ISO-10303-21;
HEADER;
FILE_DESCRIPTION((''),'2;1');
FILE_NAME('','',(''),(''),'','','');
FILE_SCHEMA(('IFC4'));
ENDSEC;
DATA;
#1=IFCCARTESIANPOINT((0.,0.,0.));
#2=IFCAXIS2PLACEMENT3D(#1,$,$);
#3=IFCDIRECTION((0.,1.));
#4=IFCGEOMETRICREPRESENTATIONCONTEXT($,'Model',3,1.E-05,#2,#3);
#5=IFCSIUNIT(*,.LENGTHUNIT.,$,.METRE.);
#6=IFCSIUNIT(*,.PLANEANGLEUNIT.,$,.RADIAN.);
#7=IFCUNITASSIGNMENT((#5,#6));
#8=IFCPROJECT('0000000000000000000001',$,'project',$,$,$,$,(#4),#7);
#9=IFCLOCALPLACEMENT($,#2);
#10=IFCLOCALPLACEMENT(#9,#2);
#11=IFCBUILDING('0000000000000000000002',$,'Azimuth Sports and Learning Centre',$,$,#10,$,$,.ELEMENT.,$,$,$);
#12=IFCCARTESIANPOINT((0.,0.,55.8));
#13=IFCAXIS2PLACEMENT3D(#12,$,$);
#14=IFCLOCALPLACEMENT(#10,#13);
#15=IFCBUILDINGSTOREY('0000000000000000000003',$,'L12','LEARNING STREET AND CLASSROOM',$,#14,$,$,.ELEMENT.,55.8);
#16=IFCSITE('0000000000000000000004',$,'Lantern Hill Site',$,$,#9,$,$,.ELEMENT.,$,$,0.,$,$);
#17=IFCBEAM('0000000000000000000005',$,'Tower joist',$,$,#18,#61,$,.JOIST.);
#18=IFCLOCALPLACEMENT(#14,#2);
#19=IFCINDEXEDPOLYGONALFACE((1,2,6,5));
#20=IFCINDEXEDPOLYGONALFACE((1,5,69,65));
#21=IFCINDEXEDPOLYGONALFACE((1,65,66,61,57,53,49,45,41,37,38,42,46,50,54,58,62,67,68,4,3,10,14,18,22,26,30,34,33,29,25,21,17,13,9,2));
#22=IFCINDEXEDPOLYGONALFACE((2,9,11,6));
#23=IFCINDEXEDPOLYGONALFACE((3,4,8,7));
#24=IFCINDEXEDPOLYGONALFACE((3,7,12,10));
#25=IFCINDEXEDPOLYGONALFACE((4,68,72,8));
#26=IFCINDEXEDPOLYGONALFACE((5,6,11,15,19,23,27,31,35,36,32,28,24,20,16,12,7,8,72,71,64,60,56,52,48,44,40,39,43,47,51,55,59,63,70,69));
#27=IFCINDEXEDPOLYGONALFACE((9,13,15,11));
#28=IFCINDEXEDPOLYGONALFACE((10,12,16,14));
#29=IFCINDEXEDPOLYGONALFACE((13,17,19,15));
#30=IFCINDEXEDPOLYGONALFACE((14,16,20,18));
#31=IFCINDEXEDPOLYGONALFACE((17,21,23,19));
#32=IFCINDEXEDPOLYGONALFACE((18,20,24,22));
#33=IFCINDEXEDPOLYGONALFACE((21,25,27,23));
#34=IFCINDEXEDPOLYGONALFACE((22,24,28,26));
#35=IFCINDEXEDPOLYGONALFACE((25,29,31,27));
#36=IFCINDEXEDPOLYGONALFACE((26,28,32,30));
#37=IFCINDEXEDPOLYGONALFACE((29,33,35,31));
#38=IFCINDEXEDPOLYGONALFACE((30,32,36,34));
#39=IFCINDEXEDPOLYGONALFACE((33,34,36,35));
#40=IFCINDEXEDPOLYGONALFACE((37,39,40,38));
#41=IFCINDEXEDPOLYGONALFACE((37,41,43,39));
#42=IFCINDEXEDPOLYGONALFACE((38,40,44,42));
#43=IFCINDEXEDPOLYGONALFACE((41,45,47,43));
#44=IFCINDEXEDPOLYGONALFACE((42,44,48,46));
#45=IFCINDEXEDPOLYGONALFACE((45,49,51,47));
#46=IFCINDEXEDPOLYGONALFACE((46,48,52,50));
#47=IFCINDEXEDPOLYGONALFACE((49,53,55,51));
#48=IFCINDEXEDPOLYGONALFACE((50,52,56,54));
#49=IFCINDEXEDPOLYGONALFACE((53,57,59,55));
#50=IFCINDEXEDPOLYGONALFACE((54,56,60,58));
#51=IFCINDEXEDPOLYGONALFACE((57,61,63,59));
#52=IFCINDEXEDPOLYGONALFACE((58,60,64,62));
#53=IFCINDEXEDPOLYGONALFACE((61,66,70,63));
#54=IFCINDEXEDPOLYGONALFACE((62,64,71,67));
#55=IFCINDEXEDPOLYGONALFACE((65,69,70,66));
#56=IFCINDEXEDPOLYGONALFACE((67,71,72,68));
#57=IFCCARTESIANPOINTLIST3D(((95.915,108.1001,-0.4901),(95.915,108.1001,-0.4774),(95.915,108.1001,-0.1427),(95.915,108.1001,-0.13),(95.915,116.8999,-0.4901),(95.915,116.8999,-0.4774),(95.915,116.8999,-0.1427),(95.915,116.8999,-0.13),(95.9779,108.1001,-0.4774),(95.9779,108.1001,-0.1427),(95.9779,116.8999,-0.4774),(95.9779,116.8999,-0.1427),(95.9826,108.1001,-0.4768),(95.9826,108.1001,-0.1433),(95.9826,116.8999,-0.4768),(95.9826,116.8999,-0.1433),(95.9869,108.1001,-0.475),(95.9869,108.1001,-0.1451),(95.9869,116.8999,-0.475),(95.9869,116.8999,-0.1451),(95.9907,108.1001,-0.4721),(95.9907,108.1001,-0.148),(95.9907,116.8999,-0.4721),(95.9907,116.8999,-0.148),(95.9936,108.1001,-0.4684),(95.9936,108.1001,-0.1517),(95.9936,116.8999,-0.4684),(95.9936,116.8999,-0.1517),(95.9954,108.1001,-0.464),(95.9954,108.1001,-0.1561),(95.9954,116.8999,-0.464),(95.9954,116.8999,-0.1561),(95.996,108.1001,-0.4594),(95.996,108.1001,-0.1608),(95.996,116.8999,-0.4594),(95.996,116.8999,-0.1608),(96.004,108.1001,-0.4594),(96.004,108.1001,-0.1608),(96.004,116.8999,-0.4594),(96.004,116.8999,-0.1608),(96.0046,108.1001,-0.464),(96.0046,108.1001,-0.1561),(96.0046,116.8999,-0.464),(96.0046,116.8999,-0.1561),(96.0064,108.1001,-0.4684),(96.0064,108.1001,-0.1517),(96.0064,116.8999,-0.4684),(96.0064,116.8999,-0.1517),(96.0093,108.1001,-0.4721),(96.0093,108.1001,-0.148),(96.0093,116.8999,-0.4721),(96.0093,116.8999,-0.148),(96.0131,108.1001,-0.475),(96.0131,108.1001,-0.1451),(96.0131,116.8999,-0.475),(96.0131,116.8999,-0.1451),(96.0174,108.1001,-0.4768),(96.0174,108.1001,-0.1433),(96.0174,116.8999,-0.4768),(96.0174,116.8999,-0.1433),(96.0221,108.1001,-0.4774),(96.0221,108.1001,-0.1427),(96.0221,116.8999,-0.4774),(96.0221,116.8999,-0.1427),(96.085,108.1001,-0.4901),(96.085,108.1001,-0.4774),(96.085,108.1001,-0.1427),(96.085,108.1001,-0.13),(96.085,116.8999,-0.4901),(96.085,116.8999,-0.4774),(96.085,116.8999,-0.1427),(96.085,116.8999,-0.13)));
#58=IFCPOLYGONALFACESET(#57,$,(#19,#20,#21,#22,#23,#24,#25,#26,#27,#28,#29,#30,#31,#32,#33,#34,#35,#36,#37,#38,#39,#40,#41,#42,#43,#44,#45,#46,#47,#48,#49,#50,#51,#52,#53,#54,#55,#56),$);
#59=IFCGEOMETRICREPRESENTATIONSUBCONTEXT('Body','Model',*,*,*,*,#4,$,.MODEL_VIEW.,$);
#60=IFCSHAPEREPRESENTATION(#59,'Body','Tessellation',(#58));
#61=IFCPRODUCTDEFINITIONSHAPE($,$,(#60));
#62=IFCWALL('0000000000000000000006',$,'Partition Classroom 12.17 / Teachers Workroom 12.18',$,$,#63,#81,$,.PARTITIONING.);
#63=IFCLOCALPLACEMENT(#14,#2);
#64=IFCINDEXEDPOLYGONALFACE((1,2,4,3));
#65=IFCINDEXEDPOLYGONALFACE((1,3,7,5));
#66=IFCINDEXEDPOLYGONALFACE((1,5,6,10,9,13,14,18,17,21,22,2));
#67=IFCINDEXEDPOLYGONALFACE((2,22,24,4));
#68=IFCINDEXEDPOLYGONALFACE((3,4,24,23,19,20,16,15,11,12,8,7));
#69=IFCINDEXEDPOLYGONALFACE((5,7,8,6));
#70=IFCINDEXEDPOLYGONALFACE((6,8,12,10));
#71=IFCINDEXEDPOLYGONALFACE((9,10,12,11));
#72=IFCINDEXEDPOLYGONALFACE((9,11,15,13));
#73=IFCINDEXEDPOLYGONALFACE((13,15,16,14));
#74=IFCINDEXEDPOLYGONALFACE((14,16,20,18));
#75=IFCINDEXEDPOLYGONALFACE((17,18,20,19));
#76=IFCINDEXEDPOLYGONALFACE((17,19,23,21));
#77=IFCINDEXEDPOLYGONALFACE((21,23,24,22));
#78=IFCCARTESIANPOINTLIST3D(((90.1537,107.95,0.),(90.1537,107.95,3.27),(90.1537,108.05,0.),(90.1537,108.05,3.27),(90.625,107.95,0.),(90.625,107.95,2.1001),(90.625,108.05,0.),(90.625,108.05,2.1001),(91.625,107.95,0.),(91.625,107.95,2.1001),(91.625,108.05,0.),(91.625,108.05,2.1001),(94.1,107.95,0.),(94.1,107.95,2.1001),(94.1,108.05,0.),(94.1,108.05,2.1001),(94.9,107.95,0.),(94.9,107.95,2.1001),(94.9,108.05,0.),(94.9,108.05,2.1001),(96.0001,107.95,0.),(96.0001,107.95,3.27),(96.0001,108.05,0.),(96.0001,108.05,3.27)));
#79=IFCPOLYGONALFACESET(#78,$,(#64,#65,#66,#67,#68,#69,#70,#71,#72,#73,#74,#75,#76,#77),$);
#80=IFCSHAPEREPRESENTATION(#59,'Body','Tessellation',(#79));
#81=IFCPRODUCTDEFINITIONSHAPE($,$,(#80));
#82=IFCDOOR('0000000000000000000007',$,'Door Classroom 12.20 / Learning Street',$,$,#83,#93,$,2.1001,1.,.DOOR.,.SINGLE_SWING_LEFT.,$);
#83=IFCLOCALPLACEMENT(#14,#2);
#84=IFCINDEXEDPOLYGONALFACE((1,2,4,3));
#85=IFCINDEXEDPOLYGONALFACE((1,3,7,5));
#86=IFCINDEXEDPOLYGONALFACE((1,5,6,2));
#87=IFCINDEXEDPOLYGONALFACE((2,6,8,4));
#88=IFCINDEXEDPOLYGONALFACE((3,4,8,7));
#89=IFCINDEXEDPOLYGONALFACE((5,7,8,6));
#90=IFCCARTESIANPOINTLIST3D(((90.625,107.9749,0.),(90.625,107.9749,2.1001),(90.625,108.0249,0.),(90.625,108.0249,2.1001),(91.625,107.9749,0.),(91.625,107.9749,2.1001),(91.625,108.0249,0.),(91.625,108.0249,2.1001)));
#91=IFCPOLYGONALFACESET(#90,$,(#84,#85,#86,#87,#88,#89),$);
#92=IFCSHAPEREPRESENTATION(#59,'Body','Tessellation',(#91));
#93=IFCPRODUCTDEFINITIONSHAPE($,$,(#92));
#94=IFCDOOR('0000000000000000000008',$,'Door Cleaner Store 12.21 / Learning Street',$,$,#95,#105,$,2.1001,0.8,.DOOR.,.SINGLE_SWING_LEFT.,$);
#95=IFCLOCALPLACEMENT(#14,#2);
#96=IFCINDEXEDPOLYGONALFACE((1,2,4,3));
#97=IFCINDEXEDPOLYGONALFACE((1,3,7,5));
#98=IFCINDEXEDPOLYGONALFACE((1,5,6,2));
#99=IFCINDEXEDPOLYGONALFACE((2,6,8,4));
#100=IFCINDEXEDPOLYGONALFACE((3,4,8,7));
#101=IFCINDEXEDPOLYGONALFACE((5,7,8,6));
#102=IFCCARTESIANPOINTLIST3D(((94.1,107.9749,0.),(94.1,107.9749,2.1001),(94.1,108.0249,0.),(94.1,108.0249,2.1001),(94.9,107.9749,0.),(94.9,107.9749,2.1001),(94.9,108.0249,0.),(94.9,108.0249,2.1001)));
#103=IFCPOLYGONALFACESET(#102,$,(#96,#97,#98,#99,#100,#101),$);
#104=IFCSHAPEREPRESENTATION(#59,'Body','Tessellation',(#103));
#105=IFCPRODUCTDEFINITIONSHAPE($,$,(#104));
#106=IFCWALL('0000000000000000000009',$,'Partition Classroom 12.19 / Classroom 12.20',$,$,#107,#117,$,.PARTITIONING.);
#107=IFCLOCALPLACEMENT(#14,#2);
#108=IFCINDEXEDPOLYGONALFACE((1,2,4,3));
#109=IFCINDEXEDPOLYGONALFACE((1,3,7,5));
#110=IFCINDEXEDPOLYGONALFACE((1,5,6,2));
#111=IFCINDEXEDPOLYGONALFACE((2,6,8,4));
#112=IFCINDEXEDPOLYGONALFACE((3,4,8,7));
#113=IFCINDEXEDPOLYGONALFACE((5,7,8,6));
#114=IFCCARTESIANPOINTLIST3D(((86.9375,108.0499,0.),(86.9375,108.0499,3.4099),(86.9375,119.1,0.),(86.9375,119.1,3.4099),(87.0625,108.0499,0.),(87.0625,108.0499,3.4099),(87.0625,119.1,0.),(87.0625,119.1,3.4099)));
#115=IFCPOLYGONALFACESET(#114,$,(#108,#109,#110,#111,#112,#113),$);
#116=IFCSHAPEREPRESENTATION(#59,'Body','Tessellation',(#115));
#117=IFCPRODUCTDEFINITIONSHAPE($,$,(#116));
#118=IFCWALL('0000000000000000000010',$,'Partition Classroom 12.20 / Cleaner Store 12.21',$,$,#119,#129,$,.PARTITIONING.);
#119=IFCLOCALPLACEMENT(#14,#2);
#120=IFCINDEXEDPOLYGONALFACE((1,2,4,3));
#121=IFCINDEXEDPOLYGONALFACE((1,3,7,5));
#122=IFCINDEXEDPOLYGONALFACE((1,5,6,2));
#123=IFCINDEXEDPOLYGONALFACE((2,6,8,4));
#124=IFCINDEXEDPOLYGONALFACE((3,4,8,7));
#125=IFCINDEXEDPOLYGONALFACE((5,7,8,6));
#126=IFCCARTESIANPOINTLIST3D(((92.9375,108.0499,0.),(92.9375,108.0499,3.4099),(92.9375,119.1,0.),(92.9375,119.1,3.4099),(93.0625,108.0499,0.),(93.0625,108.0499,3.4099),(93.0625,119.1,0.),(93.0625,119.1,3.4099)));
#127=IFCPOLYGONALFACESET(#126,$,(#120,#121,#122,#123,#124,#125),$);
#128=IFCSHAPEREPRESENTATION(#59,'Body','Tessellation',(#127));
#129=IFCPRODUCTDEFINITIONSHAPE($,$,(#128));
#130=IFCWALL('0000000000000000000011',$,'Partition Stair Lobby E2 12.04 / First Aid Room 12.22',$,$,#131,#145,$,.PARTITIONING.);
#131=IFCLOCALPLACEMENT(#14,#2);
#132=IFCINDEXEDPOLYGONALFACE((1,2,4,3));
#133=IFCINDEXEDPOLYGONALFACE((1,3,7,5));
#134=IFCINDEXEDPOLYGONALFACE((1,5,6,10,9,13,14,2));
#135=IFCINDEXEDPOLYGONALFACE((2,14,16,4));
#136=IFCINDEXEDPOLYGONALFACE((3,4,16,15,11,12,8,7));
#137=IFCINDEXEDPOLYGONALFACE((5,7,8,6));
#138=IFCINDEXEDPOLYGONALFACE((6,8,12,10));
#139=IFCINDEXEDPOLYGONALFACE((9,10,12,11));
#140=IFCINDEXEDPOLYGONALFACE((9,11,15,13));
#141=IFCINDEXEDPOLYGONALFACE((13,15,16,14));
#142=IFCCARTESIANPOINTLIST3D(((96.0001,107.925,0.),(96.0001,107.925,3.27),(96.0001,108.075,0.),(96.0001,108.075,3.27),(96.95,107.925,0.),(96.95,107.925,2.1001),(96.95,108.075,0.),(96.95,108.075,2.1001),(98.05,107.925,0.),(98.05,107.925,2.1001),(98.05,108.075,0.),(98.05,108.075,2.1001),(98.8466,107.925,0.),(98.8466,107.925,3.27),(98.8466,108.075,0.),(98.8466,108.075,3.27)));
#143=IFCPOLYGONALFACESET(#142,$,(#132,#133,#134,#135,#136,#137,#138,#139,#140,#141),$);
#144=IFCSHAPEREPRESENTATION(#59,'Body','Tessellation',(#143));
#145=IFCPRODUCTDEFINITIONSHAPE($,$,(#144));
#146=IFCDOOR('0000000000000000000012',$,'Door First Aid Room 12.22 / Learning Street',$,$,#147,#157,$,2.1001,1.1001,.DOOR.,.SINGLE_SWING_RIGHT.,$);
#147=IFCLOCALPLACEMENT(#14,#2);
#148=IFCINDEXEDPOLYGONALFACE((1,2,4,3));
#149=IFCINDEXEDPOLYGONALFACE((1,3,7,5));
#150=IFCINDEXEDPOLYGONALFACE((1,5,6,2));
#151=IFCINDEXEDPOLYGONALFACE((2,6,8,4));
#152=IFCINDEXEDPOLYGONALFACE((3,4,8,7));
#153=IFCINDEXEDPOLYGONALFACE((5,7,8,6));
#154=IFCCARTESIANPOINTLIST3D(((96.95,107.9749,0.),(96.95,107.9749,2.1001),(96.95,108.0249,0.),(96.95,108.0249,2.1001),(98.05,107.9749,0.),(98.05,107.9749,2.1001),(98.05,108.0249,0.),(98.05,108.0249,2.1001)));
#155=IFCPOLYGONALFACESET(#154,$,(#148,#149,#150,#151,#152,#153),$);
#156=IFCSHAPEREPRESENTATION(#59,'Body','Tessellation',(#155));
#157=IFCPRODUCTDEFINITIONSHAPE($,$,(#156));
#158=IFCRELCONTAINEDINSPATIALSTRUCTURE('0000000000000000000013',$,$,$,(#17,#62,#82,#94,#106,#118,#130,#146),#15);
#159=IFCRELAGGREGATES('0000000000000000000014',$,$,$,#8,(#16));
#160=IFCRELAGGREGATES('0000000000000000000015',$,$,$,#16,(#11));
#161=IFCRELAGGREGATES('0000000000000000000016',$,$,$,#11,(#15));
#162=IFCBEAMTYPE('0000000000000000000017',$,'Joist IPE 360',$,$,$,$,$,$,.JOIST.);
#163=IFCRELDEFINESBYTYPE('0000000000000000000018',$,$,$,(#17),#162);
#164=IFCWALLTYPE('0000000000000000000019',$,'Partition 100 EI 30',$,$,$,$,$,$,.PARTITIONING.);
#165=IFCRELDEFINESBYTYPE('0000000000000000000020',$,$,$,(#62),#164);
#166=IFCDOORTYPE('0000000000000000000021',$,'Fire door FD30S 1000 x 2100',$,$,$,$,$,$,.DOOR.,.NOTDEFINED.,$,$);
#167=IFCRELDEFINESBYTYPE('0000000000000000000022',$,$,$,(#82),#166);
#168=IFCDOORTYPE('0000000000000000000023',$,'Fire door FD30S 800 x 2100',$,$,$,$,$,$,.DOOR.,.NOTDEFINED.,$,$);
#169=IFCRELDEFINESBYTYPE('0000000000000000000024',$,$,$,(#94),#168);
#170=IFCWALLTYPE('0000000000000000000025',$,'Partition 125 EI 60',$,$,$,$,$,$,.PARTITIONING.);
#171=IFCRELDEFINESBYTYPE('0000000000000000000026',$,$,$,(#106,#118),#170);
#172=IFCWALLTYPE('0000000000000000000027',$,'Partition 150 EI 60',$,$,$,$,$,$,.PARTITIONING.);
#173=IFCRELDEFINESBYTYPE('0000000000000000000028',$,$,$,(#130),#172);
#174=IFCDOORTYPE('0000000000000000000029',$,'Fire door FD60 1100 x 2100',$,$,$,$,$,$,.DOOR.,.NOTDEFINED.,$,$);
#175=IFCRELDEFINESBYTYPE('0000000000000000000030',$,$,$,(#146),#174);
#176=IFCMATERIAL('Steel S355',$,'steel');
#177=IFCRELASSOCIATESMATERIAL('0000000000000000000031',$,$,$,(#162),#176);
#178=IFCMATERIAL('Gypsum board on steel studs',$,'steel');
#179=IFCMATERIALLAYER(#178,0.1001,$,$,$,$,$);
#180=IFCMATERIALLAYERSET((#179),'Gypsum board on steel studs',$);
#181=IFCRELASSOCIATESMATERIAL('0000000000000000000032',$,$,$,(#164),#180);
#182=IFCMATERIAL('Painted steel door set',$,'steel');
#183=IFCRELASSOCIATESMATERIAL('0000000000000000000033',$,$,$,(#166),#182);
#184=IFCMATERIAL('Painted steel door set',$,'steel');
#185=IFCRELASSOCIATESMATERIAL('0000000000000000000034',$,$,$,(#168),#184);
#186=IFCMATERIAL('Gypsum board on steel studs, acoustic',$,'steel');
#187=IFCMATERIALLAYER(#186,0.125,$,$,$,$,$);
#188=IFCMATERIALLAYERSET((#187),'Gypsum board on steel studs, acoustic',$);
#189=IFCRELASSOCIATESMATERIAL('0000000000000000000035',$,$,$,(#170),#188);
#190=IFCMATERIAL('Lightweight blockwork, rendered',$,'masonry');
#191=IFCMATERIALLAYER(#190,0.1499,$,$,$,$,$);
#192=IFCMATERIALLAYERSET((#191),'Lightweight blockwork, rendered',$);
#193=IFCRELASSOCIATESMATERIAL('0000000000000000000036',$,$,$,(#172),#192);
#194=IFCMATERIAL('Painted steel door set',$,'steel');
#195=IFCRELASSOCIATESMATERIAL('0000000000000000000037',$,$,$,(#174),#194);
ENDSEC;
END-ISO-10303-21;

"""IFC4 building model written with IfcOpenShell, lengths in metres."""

from ifc_helpers import new_model, si_unit, direction, frame, frame_2d, origin, origin_2d, place, context, subcontext, project, spatial, rectangle, i_section, extrude, material, layer, layer_set, material_profile, profile_set, type_object, element, fill, save


model = new_model("IFC4")

# Units and contexts
model_context = context("Model", 3, precision=1e-05, world=origin(), true_north=direction((0.0, 1.0)))
body_context = subcontext(model_context, "Body", "Model", "MODEL_VIEW")
ifc_project = project(units=[si_unit("LENGTHUNIT", "METRE"), si_unit("PLANEANGLEUNIT", "RADIAN")], contexts=[model_context])

# Site, building, storey
site_placement = place(None, origin())
site = spatial("IfcSite", under=ifc_project, at=site_placement, Name="Lantern Hill Site", CompositionType="ELEMENT", RefElevation=0.0)
building_placement = place(site_placement, origin())
building = spatial("IfcBuilding", under=site, at=building_placement, Name="Azimuth Sports and Learning Centre", CompositionType="ELEMENT")
storey_placement = place(building_placement, frame((0.0, 0.0, 55.8)))
storey = spatial("IfcBuildingStorey", under=building, at=storey_placement, Name="L12", Description="LEARNING STREET AND CLASSROOM", CompositionType="ELEMENT", Elevation=55.8)

# Beam
ifc_material_1 = material(Name="Steel S355", Category="steel")
ifc_material_profile_1 = material_profile(ifc_material_1, i_section(OverallWidth=0.1699, OverallDepth=0.3601, WebThickness=0.0081, FlangeThickness=0.0127, FilletRadius=0.0181, at=origin_2d()), Name="IPE 360")
ifc_profile_set_1 = profile_set([ifc_material_profile_1], Name="Steel S355")
beam_type_1 = type_object("IfcBeamType", Name="Joist IPE 360", PredefinedType="JOIST", material=ifc_profile_set_1)
for number, where, z_axis, x_axis, name in (
    (1, (96.0, 108.1001, -0.3101), (0.0, 1.0, 0.0), (-1.0, 0.0, 0.0), "Tower joist"),
):
    element("IfcBeam", number, at=place(storey_placement, frame(where, z_axis=z_axis, x_axis=x_axis)), inside=storey, type_object=beam_type_1, Name=name, PredefinedType="JOIST", context=body_context, shape_type="SweptSolid", body=[
        extrude(i_section(OverallWidth=0.1699, OverallDepth=0.3601, WebThickness=0.0081, FlangeThickness=0.0127, FilletRadius=0.0181, at=origin_2d()), origin(), (0.0, 0.0, 1.0), 8.7998),
    ])

# Wall, openings, doors
ifc_material_2 = material(Name="Gypsum board on steel studs", Category="steel")
ifc_layer_1 = layer(ifc_material_2, 0.1001)
ifc_layer_set_1 = layer_set([ifc_layer_1], Name="Gypsum board on steel studs")
wall_type_1 = type_object("IfcWallType", Name="Partition 100 EI 30", PredefinedType="PARTITIONING", material=ifc_layer_set_1)
wall_1_placement = place(storey_placement, frame((90.1536, 108.0, 0.0), z_axis=(0.0, 0.0, 1.0), x_axis=(1.0, 0.0, 0.0)))
wall_1 = element("IfcWall", 2, at=wall_1_placement, inside=storey, type_object=wall_type_1, Name="Partition Classroom 12.17 / Teachers Workroom 12.18", PredefinedType="PARTITIONING", context=body_context, shape_type="SweptSolid", body=[
    extrude(rectangle(XDim=5.8464, YDim=0.1001, at=frame_2d((2.9233, 0.0))), origin(), (0.0, 0.0, 1.0), 3.27),
])
opening_1_placement = place(wall_1_placement, frame((0.4714, 0.0, 0.0)))
opening_1 = element("IfcOpeningElement", 3, at=opening_1_placement, cuts=wall_1, PredefinedType="OPENING", context=body_context, shape_type="SweptSolid", body=[
    extrude(rectangle(XDim=1.0, YDim=2.1001, at=frame_2d((0.5, 1.05))), frame((0.0, 0.061, 0.0), z_axis=(0.0, -1.0, 0.0), x_axis=(1.0, 0.0, 0.0)), (0.0, 0.0, 1.0), 0.1221),
])
opening_2_placement = place(wall_1_placement, frame((3.9465, 0.0, 0.0)))
opening_2 = element("IfcOpeningElement", 4, at=opening_2_placement, cuts=wall_1, PredefinedType="OPENING", context=body_context, shape_type="SweptSolid", body=[
    extrude(rectangle(XDim=0.8, YDim=2.1001, at=frame_2d((0.3999, 1.05))), frame((0.0, 0.061, 0.0), z_axis=(0.0, -1.0, 0.0), x_axis=(1.0, 0.0, 0.0)), (0.0, 0.0, 1.0), 0.1221),
])
ifc_material_3 = material(Name="Painted steel door set", Category="steel")
door_type_1 = type_object("IfcDoorType", Name="Fire door FD30S 1000 x 2100", OperationType="NOTDEFINED", PredefinedType="DOOR", material=ifc_material_3)
door_1_placement = place(opening_1_placement, origin())
door_1 = element("IfcDoor", 5, at=door_1_placement, inside=storey, type_object=door_type_1, Name="Door Classroom 12.20 / Learning Street", OperationType="SINGLE_SWING_LEFT", OverallHeight=2.1001, OverallWidth=1.0, PredefinedType="DOOR", context=body_context, shape_type="SweptSolid", body=[
    extrude(rectangle(XDim=1.0, YDim=2.1001, at=frame_2d((0.5, 1.05))), frame((0.0, 0.0249, 0.0), z_axis=(0.0, -1.0, 0.0), x_axis=(1.0, 0.0, 0.0)), (0.0, 0.0, 1.0), 0.05),
])
fill(opening_1, door_1)
ifc_material_4 = material(Name="Painted steel door set", Category="steel")
door_type_2 = type_object("IfcDoorType", Name="Fire door FD30S 800 x 2100", OperationType="NOTDEFINED", PredefinedType="DOOR", material=ifc_material_4)
door_2_placement = place(opening_2_placement, origin())
door_2 = element("IfcDoor", 6, at=door_2_placement, inside=storey, type_object=door_type_2, Name="Door Cleaner Store 12.21 / Learning Street", OperationType="SINGLE_SWING_LEFT", OverallHeight=2.1001, OverallWidth=0.8, PredefinedType="DOOR", context=body_context, shape_type="SweptSolid", body=[
    extrude(rectangle(XDim=0.8, YDim=2.1001, at=frame_2d((0.3999, 1.05))), frame((0.0, 0.0249, 0.0), z_axis=(0.0, -1.0, 0.0), x_axis=(1.0, 0.0, 0.0)), (0.0, 0.0, 1.0), 0.05),
])
fill(opening_2, door_2)

# Walls
ifc_material_5 = material(Name="Gypsum board on steel studs, acoustic", Category="steel")
ifc_layer_2 = layer(ifc_material_5, 0.125)
ifc_layer_set_2 = layer_set([ifc_layer_2], Name="Gypsum board on steel studs, acoustic")
wall_type_2 = type_object("IfcWallType", Name="Partition 125 EI 60", PredefinedType="PARTITIONING", material=ifc_layer_set_2)
for number, where, z_axis, x_axis, name in (
    (7, (87.0, 108.05, 0.0), (0.0, 0.0, 1.0), (0.0, 1.0, 0.0), "Partition Classroom 12.19 / Classroom 12.20"),
    (8, (93.0, 108.05, 0.0), (0.0, 0.0, 1.0), (0.0, 1.0, 0.0), "Partition Classroom 12.20 / Cleaner Store 12.21"),
):
    element("IfcWall", number, at=place(storey_placement, frame(where, z_axis=z_axis, x_axis=x_axis)), inside=storey, type_object=wall_type_2, Name=name, PredefinedType="PARTITIONING", context=body_context, shape_type="SweptSolid", body=[
        extrude(rectangle(XDim=11.05, YDim=0.125, at=frame_2d((5.5249, 0.0))), origin(), (0.0, 0.0, 1.0), 3.4099),
    ])

# Wall, opening, door
ifc_material_6 = material(Name="Lightweight blockwork, rendered", Category="masonry")
ifc_layer_3 = layer(ifc_material_6, 0.1499)
ifc_layer_set_3 = layer_set([ifc_layer_3], Name="Lightweight blockwork, rendered")
wall_type_3 = type_object("IfcWallType", Name="Partition 150 EI 60", PredefinedType="PARTITIONING", material=ifc_layer_set_3)
wall_2_placement = place(storey_placement, frame((96.0, 108.0, 0.0), z_axis=(0.0, 0.0, 1.0), x_axis=(1.0, 0.0, 0.0)))
wall_2 = element("IfcWall", 9, at=wall_2_placement, inside=storey, type_object=wall_type_3, Name="Partition Stair Lobby E2 12.04 / First Aid Room 12.22", PredefinedType="PARTITIONING", context=body_context, shape_type="SweptSolid", body=[
    extrude(rectangle(XDim=2.8464, YDim=0.1499, at=frame_2d((1.4233, 0.0))), origin(), (0.0, 0.0, 1.0), 3.27),
])
opening_3_placement = place(wall_2_placement, frame((0.95, 0.0, 0.0)))
opening_3 = element("IfcOpeningElement", 10, at=opening_3_placement, cuts=wall_2, PredefinedType="OPENING", context=body_context, shape_type="SweptSolid", body=[
    extrude(rectangle(XDim=1.1001, YDim=2.1001, at=frame_2d((0.55, 1.05))), frame((0.0, 0.0859, 0.0), z_axis=(0.0, -1.0, 0.0), x_axis=(1.0, 0.0, 0.0)), (0.0, 0.0, 1.0), 0.1719),
])
ifc_material_7 = material(Name="Painted steel door set", Category="steel")
door_type_3 = type_object("IfcDoorType", Name="Fire door FD60 1100 x 2100", OperationType="NOTDEFINED", PredefinedType="DOOR", material=ifc_material_7)
door_3_placement = place(opening_3_placement, origin())
door_3 = element("IfcDoor", 11, at=door_3_placement, inside=storey, type_object=door_type_3, Name="Door First Aid Room 12.22 / Learning Street", OperationType="SINGLE_SWING_RIGHT", OverallHeight=2.1001, OverallWidth=1.1001, PredefinedType="DOOR", context=body_context, shape_type="SweptSolid", body=[
    extrude(rectangle(XDim=1.1001, YDim=2.1001, at=frame_2d((0.55, 1.05))), frame((0.0, 0.0249, 0.0), z_axis=(0.0, -1.0, 0.0), x_axis=(1.0, 0.0, 0.0)), (0.0, 0.0, 1.0), 0.05),
])
fill(opening_3, door_3)

save(model, "model.ifc")
